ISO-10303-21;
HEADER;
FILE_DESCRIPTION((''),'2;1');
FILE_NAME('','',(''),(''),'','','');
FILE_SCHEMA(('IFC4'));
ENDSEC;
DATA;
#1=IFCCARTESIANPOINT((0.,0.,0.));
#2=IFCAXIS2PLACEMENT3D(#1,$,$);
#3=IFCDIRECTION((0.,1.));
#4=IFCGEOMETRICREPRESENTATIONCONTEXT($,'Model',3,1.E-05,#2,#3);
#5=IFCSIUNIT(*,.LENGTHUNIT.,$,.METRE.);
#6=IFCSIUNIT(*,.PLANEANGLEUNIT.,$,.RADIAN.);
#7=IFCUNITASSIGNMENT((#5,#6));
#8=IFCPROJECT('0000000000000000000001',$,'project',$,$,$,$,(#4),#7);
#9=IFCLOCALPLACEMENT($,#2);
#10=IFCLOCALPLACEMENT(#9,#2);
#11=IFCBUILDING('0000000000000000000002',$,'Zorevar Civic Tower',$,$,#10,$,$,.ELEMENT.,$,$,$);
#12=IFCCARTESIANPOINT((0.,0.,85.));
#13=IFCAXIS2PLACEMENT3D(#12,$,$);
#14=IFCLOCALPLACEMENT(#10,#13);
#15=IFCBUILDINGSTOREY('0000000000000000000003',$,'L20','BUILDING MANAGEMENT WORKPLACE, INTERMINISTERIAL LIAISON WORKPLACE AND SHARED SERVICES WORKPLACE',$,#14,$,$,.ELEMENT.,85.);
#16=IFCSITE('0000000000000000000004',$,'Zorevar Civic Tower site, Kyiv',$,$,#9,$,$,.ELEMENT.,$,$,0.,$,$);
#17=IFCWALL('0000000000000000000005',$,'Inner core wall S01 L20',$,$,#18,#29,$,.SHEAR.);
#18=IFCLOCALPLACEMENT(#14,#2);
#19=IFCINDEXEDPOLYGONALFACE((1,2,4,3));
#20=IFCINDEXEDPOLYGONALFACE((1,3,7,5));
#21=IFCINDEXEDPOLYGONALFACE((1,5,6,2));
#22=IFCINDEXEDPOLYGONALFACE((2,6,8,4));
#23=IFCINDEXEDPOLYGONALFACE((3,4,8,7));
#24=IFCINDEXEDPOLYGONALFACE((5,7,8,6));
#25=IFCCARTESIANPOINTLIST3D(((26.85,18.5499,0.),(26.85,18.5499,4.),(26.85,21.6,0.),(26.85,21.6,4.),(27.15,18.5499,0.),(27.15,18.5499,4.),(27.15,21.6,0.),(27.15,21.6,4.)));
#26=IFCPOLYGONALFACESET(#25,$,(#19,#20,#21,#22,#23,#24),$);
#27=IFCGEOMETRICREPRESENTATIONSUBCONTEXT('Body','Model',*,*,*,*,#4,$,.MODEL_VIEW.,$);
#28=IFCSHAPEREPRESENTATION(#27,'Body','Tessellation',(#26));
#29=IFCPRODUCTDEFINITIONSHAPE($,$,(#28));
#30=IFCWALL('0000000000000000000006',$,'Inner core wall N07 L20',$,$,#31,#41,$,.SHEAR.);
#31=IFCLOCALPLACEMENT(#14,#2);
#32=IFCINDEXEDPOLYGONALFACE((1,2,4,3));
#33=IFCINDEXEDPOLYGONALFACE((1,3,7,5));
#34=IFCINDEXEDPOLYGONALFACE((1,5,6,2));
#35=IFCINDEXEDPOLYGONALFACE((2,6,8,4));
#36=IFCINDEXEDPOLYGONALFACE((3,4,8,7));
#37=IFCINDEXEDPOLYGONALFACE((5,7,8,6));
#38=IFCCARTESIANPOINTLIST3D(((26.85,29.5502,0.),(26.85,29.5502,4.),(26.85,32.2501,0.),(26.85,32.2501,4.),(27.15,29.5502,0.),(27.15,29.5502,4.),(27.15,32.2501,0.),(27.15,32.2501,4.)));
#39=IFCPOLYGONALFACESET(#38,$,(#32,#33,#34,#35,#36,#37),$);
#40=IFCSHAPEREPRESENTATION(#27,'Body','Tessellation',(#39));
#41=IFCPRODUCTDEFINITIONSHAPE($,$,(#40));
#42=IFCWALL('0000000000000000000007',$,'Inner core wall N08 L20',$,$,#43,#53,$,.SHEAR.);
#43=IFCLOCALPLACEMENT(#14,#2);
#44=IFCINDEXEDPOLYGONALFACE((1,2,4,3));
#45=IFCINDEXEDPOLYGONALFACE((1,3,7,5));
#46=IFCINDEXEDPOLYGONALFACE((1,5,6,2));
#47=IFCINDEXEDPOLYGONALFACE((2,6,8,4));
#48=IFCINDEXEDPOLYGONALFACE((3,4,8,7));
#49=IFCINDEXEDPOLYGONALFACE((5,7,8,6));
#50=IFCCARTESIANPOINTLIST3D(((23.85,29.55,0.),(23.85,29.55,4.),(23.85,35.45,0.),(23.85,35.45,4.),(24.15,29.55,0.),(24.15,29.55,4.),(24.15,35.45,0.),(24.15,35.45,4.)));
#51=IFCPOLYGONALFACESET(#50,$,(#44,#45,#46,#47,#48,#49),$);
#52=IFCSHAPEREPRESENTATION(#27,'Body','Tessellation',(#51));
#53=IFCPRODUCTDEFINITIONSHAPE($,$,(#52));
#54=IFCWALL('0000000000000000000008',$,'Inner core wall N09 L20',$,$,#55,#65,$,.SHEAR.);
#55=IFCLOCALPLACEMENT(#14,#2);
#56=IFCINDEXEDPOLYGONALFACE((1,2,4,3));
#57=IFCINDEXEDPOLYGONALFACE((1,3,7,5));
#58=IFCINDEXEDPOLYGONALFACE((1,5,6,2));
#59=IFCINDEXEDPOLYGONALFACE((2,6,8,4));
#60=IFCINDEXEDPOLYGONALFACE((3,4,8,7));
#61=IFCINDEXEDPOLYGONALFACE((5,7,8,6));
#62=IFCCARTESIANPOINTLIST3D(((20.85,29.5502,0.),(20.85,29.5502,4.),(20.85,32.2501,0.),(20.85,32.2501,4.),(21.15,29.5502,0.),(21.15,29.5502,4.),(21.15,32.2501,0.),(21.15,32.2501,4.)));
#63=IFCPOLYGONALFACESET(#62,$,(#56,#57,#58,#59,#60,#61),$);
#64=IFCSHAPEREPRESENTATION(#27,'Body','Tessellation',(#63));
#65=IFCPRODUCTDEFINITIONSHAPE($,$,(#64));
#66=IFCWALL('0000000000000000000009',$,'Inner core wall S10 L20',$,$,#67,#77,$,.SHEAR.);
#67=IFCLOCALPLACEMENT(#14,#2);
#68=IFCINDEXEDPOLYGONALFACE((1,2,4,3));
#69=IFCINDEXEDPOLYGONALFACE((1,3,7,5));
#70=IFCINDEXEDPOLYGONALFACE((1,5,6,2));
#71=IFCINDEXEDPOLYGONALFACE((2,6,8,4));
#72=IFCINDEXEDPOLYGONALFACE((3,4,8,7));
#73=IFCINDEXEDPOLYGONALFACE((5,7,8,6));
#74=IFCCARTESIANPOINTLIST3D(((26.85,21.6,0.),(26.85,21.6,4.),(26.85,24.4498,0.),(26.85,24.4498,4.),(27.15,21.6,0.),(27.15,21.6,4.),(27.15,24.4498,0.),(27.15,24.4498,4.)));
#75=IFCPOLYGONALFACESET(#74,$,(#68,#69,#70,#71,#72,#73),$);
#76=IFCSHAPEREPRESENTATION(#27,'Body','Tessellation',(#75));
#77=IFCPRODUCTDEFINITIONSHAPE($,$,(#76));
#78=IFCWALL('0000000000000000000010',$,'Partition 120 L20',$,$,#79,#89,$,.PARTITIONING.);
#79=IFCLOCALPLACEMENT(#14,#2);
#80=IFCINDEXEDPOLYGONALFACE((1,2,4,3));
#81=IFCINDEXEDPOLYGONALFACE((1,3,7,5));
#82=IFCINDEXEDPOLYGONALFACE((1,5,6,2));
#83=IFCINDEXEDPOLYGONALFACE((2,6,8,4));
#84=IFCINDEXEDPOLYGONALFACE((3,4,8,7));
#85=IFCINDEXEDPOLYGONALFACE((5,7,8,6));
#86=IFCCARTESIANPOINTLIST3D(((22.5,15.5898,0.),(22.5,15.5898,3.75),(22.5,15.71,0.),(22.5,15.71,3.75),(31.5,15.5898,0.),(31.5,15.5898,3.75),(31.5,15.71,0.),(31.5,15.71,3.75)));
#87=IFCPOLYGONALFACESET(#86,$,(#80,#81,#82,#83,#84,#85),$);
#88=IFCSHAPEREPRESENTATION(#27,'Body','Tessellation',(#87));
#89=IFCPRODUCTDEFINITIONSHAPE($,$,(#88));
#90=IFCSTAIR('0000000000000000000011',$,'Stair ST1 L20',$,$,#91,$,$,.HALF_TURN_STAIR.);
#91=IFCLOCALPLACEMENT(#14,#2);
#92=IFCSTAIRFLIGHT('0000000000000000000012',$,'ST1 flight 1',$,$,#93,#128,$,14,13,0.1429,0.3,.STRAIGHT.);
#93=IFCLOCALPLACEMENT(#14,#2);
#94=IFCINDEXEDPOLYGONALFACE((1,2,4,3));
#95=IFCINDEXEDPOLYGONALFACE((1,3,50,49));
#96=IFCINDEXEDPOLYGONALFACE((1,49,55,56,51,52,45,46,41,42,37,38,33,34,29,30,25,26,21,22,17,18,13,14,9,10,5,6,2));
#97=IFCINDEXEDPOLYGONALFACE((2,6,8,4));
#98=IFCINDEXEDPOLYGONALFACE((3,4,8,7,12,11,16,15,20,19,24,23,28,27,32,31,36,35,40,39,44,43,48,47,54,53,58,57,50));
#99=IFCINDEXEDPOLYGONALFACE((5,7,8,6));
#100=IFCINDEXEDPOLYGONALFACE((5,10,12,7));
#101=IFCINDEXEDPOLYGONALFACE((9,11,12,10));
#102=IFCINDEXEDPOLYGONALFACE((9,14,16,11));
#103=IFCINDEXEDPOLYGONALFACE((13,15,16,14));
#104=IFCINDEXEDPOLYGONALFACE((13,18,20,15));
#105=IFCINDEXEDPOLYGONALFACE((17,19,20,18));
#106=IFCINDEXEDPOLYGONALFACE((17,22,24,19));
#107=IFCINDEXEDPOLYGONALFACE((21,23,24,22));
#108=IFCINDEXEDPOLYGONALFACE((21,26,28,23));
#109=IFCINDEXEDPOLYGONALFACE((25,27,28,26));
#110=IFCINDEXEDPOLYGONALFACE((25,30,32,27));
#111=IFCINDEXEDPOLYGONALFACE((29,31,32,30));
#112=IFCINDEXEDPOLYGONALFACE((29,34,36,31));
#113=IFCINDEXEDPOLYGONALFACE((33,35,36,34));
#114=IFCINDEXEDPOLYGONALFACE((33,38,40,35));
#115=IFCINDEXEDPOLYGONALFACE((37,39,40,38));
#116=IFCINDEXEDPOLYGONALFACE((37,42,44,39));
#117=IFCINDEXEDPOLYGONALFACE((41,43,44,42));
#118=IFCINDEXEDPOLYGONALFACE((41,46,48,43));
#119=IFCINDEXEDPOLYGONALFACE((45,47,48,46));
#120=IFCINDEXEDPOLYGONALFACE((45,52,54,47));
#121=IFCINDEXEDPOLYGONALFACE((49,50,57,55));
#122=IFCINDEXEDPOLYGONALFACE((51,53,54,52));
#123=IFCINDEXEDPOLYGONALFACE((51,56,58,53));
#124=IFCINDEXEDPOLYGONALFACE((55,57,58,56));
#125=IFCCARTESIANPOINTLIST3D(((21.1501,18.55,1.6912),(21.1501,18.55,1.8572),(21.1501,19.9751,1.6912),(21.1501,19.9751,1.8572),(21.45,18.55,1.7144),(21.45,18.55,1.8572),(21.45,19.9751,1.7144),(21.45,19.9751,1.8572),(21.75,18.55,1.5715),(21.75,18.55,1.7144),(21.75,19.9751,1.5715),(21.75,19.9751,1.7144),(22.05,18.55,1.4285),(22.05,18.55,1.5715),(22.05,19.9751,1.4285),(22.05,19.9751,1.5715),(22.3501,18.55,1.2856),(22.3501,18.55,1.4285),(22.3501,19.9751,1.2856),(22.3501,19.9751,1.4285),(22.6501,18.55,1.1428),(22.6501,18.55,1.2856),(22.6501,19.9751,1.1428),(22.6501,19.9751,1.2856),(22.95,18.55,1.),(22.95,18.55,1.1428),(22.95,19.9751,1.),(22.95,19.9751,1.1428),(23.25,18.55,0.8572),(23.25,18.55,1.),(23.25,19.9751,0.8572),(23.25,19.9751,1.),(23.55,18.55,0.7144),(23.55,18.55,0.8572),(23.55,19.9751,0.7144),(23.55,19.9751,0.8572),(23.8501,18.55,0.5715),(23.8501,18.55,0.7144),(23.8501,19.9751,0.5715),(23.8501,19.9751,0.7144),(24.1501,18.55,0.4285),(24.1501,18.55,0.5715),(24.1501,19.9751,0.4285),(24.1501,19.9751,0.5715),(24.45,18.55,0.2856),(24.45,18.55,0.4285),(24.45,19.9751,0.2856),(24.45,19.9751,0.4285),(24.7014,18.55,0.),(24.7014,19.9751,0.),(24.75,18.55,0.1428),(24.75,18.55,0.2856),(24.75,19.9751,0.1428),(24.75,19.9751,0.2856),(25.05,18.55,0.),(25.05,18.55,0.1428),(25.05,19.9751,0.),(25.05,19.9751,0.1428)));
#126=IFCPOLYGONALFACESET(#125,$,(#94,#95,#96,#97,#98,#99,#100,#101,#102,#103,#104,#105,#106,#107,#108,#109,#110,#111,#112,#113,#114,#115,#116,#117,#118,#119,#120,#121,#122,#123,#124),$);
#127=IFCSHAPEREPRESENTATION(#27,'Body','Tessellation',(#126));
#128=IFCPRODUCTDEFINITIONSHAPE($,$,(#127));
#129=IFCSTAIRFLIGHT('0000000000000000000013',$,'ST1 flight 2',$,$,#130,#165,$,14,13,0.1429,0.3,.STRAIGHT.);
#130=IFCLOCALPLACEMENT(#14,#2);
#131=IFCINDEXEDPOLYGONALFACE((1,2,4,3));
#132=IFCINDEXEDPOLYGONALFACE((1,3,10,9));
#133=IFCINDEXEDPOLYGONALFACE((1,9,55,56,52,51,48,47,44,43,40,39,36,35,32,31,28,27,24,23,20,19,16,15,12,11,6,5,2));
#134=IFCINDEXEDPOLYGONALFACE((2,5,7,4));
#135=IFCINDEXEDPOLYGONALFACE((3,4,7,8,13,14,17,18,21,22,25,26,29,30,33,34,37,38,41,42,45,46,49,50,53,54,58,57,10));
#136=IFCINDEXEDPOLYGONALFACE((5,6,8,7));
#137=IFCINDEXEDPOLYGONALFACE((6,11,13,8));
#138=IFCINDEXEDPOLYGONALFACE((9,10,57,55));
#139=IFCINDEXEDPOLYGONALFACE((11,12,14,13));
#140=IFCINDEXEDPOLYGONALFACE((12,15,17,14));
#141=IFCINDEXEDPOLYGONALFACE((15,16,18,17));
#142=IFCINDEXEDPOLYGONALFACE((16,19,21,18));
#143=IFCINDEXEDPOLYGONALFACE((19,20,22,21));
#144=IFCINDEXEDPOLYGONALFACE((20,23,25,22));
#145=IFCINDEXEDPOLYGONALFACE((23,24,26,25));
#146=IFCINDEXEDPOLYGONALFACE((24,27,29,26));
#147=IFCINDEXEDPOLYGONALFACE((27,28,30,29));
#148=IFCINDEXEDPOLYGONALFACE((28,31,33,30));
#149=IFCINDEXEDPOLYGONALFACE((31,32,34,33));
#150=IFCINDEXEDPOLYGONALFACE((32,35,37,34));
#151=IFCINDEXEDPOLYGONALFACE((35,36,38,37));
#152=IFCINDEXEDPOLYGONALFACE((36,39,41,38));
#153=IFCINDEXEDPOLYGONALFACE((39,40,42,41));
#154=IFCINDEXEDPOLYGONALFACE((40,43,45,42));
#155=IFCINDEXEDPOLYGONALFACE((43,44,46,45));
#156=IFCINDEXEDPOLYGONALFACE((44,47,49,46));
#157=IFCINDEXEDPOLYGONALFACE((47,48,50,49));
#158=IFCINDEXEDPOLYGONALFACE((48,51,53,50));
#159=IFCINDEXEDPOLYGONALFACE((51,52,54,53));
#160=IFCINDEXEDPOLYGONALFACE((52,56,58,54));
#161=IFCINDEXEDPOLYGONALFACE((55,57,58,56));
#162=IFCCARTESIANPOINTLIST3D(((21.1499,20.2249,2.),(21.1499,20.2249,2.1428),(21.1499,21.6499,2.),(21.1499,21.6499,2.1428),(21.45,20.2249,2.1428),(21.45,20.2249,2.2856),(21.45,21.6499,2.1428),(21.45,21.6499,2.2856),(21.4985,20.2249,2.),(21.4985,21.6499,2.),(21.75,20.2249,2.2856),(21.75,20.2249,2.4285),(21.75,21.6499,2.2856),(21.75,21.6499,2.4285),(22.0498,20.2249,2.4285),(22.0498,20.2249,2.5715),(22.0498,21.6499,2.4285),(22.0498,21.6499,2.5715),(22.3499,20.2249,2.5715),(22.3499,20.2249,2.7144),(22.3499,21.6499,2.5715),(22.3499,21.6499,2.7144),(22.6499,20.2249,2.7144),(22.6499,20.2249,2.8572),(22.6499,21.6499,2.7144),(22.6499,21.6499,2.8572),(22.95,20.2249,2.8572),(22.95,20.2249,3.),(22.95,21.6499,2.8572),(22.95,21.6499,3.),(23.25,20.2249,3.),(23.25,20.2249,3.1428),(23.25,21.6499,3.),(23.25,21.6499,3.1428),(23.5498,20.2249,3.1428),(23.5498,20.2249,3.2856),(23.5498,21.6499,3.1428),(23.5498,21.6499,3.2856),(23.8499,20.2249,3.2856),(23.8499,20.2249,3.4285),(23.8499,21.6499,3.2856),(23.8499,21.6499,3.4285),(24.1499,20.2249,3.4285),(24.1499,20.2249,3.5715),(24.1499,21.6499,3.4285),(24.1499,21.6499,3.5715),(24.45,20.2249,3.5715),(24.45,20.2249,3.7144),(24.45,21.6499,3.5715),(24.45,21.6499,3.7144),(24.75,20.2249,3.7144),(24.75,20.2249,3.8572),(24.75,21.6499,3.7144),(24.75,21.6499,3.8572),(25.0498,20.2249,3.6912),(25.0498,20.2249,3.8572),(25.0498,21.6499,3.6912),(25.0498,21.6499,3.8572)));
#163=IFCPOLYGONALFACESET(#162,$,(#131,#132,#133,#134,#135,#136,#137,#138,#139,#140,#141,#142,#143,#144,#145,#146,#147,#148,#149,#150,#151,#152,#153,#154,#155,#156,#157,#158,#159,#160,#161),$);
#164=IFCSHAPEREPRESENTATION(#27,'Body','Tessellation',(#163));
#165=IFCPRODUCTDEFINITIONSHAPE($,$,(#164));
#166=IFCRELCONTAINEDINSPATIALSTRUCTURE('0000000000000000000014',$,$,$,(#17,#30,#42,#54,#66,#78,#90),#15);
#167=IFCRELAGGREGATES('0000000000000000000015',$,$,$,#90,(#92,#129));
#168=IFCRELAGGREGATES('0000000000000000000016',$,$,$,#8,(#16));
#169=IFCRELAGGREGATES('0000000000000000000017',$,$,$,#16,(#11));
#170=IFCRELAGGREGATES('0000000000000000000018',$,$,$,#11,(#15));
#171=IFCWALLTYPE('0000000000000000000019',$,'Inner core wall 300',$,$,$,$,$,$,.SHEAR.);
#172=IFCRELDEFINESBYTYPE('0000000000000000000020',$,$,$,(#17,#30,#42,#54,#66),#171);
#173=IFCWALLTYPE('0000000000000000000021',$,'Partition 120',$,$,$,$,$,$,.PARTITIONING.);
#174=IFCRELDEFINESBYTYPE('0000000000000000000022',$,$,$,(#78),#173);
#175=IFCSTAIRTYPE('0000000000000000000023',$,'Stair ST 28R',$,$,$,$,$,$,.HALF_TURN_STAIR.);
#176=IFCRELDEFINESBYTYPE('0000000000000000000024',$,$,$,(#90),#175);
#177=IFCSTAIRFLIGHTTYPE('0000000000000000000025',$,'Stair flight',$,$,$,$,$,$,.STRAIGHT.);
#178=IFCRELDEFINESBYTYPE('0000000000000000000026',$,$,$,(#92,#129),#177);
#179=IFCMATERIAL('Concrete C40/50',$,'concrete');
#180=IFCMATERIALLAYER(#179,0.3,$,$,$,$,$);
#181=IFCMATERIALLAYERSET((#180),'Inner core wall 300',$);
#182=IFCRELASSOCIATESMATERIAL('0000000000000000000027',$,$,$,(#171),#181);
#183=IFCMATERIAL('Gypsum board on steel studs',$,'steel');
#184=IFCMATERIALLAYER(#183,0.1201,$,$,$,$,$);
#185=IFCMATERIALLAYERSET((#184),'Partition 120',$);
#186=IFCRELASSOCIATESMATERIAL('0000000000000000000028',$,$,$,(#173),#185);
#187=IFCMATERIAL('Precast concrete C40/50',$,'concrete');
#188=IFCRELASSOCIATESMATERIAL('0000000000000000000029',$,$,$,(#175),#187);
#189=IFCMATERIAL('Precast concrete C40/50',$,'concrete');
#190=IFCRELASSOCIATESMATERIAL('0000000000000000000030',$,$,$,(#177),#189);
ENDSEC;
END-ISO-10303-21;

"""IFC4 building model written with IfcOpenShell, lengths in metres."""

from ifc_helpers import new_model, si_unit, direction, frame, frame_2d, origin, place, context, subcontext, project, spatial, polyline, rectangle, outline, extrude, material, layer, layer_set, type_object, element, aggregate, save


model = new_model("IFC4")

# Units and contexts
model_context = context("Model", 3, precision=1e-05, world=origin(), true_north=direction((0.0, 1.0)))
body_context = subcontext(model_context, "Body", "Model", "MODEL_VIEW")
ifc_project = project(units=[si_unit("LENGTHUNIT", "METRE"), si_unit("PLANEANGLEUNIT", "RADIAN")], contexts=[model_context])

# Site, building, storey
site_placement = place(None, origin())
site = spatial("IfcSite", under=ifc_project, at=site_placement, Name="Zorevar Civic Tower site, Kyiv", CompositionType="ELEMENT", RefElevation=0.0)
building_placement = place(site_placement, origin())
building = spatial("IfcBuilding", under=site, at=building_placement, Name="Zorevar Civic Tower", CompositionType="ELEMENT")
storey_placement = place(building_placement, frame((0.0, 0.0, 85.0)))
storey = spatial("IfcBuildingStorey", under=building, at=storey_placement, Name="L20", Description="BUILDING MANAGEMENT WORKPLACE, INTERMINISTERIAL LIAISON WORKPLACE AND SHARED SERVICES WORKPLACE", CompositionType="ELEMENT", Elevation=85.0)

# Wall
ifc_material_1 = material(Name="Concrete C40/50", Category="concrete")
ifc_layer_1 = layer(ifc_material_1, 0.3)
ifc_layer_set_1 = layer_set([ifc_layer_1], Name="Inner core wall 300")
wall_type_1 = type_object("IfcWallType", Name="Inner core wall 300", PredefinedType="SHEAR", material=ifc_layer_set_1)
wall_1_placement = place(storey_placement, frame((27.0, 18.55, 0.0), z_axis=(0.0, 0.0, 1.0), x_axis=(0.0, 1.0, 0.0)))
element("IfcWall", 1, at=wall_1_placement, inside=storey, type_object=wall_type_1, Name="Inner core wall S01 L20", PredefinedType="SHEAR", context=body_context, shape_type="SweptSolid", body=[
    extrude(rectangle(XDim=3.05, YDim=0.3, at=frame_2d((1.5249, 0.0))), origin(), (0.0, 0.0, 1.0), 4.0),
])

# Walls
wall_2_placement = place(storey_placement, frame((27.0, 29.55, 0.0), z_axis=(0.0, 0.0, 1.0), x_axis=(0.0, 1.0, 0.0)))
element("IfcWall", 2, at=wall_2_placement, inside=storey, type_object=wall_type_1, Name="Inner core wall N07 L20", PredefinedType="SHEAR", context=body_context, shape_type="SweptSolid", body=[
    extrude(rectangle(XDim=2.7, YDim=0.3, at=frame_2d((1.3501, 0.0))), origin(), (0.0, 0.0, 1.0), 4.0),
])
wall_3_placement = place(storey_placement, frame((24.0, 29.55, 0.0), z_axis=(0.0, 0.0, 1.0), x_axis=(0.0, 1.0, 0.0)))
element("IfcWall", 3, at=wall_3_placement, inside=storey, type_object=wall_type_1, Name="Inner core wall N08 L20", PredefinedType="SHEAR", context=body_context, shape_type="SweptSolid", body=[
    extrude(rectangle(XDim=5.8999, YDim=0.3, at=frame_2d((2.95, 0.0))), origin(), (0.0, 0.0, 1.0), 4.0),
])
wall_4_placement = place(storey_placement, frame((21.0, 29.55, 0.0), z_axis=(0.0, 0.0, 1.0), x_axis=(0.0, 1.0, 0.0)))
element("IfcWall", 4, at=wall_4_placement, inside=storey, type_object=wall_type_1, Name="Inner core wall N09 L20", PredefinedType="SHEAR", context=body_context, shape_type="SweptSolid", body=[
    extrude(rectangle(XDim=2.7, YDim=0.3, at=frame_2d((1.3501, 0.0))), origin(), (0.0, 0.0, 1.0), 4.0),
])
wall_5_placement = place(storey_placement, frame((27.0, 21.6001, 0.0), z_axis=(0.0, 0.0, 1.0), x_axis=(0.0, 1.0, 0.0)))
element("IfcWall", 5, at=wall_5_placement, inside=storey, type_object=wall_type_1, Name="Inner core wall S10 L20", PredefinedType="SHEAR", context=body_context, shape_type="SweptSolid", body=[
    extrude(rectangle(XDim=2.8499, YDim=0.3, at=frame_2d((1.4248, 0.0))), origin(), (0.0, 0.0, 1.0), 4.0),
])
ifc_material_2 = material(Name="Gypsum board on steel studs", Category="steel")
ifc_layer_2 = layer(ifc_material_2, 0.1201)
ifc_layer_set_2 = layer_set([ifc_layer_2], Name="Partition 120")
wall_type_2 = type_object("IfcWallType", Name="Partition 120", PredefinedType="PARTITIONING", material=ifc_layer_set_2)
wall_6_placement = place(storey_placement, frame((22.5, 15.6499, 0.0), z_axis=(0.0, 0.0, 1.0), x_axis=(1.0, 0.0, 0.0)))
element("IfcWall", 6, at=wall_6_placement, inside=storey, type_object=wall_type_2, Name="Partition 120 L20", PredefinedType="PARTITIONING", context=body_context, shape_type="SweptSolid", body=[
    extrude(rectangle(XDim=9.0, YDim=0.1201, at=frame_2d((4.5, 0.0))), origin(), (0.0, 0.0, 1.0), 3.75),
])

# Stair, stair flights
ifc_material_3 = material(Name="Precast concrete C40/50", Category="concrete")
stair_type = type_object("IfcStairType", Name="Stair ST 28R", PredefinedType="HALF_TURN_STAIR", material=ifc_material_3)
stair_placement = place(storey_placement, origin())
stair = element("IfcStair", 7, at=stair_placement, inside=storey, type_object=stair_type, Name="Stair ST1 L20", PredefinedType="HALF_TURN_STAIR")
ifc_material_4 = material(Name="Precast concrete C40/50", Category="concrete")
stair_flight_type = type_object("IfcStairFlightType", Name="Stair flight", PredefinedType="STRAIGHT", material=ifc_material_4)
stair_flight_1_placement = place(storey_placement, frame((25.05, 19.2625, 0.0), z_axis=(0.0, 0.0, 1.0), x_axis=(-1.0, 0.0, 0.0)))
stair_flight_1 = element("IfcStairFlight", 8, at=stair_flight_1_placement, type_object=stair_flight_type, Name="ST1 flight 1", NumberOfRisers=14, NumberOfTreads=13, PredefinedType="STRAIGHT", RiserHeight=0.1429, TreadLength=0.3, context=body_context, shape_type="SweptSolid", body=[
    extrude(outline(polyline([(0.0, 0.0), (0.0, 0.1428), (0.3, 0.1428), (0.3, 0.2856), (0.6001, 0.2856), (0.6001, 0.4285), (0.8999, 0.4285), (0.8999, 0.5715), (1.2, 0.5715), (1.2, 0.7144), (1.5, 0.7144), (1.5, 0.8572), (1.8, 0.8572), (1.8, 1.0), (2.1001, 1.0), (2.1001, 1.1428), (2.3999, 1.1428), (2.3999, 1.2856), (2.7, 1.2856), (2.7, 1.4285), (3.0, 1.4285), (3.0, 1.5715), (3.3, 1.5715), (3.3, 1.7144), (3.6001, 1.7144), (3.6001, 1.8572), (3.8999, 1.8572), (3.8999, 2.0), (3.8999, 1.6912), (0.3486, 0.0), (0.0, 0.0)])), frame((0.0, 0.7124, 0.0), z_axis=(0.0, -1.0, 0.0), x_axis=(1.0, 0.0, 0.0)), (0.0, 0.0, 1.0), 1.425),
])
stair_flight_2_placement = place(storey_placement, frame((21.1499, 20.9375, 2.0), z_axis=(0.0, 0.0, 1.0), x_axis=(1.0, 0.0, 0.0)))
stair_flight_2 = element("IfcStairFlight", 9, at=stair_flight_2_placement, type_object=stair_flight_type, Name="ST1 flight 2", NumberOfRisers=14, NumberOfTreads=13, PredefinedType="STRAIGHT", RiserHeight=0.1429, TreadLength=0.3, context=body_context, shape_type="SweptSolid", body=[
    extrude(outline(polyline([(0.0, 0.0), (0.0, 0.1428), (0.3, 0.1428), (0.3, 0.2856), (0.6001, 0.2856), (0.6001, 0.4285), (0.8999, 0.4285), (0.8999, 0.5715), (1.2, 0.5715), (1.2, 0.7144), (1.5, 0.7144), (1.5, 0.8572), (1.8, 0.8572), (1.8, 1.0), (2.1001, 1.0), (2.1001, 1.1428), (2.3999, 1.1428), (2.3999, 1.2856), (2.7, 1.2856), (2.7, 1.4285), (3.0, 1.4285), (3.0, 1.5715), (3.3, 1.5715), (3.3, 1.7144), (3.6001, 1.7144), (3.6001, 1.8572), (3.8999, 1.8572), (3.8999, 2.0), (3.8999, 1.6912), (0.3486, 0.0), (0.0, 0.0)])), frame((0.0, 0.7124, 0.0), z_axis=(0.0, -1.0, 0.0), x_axis=(1.0, 0.0, 0.0)), (0.0, 0.0, 1.0), 1.425),
])
aggregate(stair, [stair_flight_1, stair_flight_2])

save(model, "model.ifc")
